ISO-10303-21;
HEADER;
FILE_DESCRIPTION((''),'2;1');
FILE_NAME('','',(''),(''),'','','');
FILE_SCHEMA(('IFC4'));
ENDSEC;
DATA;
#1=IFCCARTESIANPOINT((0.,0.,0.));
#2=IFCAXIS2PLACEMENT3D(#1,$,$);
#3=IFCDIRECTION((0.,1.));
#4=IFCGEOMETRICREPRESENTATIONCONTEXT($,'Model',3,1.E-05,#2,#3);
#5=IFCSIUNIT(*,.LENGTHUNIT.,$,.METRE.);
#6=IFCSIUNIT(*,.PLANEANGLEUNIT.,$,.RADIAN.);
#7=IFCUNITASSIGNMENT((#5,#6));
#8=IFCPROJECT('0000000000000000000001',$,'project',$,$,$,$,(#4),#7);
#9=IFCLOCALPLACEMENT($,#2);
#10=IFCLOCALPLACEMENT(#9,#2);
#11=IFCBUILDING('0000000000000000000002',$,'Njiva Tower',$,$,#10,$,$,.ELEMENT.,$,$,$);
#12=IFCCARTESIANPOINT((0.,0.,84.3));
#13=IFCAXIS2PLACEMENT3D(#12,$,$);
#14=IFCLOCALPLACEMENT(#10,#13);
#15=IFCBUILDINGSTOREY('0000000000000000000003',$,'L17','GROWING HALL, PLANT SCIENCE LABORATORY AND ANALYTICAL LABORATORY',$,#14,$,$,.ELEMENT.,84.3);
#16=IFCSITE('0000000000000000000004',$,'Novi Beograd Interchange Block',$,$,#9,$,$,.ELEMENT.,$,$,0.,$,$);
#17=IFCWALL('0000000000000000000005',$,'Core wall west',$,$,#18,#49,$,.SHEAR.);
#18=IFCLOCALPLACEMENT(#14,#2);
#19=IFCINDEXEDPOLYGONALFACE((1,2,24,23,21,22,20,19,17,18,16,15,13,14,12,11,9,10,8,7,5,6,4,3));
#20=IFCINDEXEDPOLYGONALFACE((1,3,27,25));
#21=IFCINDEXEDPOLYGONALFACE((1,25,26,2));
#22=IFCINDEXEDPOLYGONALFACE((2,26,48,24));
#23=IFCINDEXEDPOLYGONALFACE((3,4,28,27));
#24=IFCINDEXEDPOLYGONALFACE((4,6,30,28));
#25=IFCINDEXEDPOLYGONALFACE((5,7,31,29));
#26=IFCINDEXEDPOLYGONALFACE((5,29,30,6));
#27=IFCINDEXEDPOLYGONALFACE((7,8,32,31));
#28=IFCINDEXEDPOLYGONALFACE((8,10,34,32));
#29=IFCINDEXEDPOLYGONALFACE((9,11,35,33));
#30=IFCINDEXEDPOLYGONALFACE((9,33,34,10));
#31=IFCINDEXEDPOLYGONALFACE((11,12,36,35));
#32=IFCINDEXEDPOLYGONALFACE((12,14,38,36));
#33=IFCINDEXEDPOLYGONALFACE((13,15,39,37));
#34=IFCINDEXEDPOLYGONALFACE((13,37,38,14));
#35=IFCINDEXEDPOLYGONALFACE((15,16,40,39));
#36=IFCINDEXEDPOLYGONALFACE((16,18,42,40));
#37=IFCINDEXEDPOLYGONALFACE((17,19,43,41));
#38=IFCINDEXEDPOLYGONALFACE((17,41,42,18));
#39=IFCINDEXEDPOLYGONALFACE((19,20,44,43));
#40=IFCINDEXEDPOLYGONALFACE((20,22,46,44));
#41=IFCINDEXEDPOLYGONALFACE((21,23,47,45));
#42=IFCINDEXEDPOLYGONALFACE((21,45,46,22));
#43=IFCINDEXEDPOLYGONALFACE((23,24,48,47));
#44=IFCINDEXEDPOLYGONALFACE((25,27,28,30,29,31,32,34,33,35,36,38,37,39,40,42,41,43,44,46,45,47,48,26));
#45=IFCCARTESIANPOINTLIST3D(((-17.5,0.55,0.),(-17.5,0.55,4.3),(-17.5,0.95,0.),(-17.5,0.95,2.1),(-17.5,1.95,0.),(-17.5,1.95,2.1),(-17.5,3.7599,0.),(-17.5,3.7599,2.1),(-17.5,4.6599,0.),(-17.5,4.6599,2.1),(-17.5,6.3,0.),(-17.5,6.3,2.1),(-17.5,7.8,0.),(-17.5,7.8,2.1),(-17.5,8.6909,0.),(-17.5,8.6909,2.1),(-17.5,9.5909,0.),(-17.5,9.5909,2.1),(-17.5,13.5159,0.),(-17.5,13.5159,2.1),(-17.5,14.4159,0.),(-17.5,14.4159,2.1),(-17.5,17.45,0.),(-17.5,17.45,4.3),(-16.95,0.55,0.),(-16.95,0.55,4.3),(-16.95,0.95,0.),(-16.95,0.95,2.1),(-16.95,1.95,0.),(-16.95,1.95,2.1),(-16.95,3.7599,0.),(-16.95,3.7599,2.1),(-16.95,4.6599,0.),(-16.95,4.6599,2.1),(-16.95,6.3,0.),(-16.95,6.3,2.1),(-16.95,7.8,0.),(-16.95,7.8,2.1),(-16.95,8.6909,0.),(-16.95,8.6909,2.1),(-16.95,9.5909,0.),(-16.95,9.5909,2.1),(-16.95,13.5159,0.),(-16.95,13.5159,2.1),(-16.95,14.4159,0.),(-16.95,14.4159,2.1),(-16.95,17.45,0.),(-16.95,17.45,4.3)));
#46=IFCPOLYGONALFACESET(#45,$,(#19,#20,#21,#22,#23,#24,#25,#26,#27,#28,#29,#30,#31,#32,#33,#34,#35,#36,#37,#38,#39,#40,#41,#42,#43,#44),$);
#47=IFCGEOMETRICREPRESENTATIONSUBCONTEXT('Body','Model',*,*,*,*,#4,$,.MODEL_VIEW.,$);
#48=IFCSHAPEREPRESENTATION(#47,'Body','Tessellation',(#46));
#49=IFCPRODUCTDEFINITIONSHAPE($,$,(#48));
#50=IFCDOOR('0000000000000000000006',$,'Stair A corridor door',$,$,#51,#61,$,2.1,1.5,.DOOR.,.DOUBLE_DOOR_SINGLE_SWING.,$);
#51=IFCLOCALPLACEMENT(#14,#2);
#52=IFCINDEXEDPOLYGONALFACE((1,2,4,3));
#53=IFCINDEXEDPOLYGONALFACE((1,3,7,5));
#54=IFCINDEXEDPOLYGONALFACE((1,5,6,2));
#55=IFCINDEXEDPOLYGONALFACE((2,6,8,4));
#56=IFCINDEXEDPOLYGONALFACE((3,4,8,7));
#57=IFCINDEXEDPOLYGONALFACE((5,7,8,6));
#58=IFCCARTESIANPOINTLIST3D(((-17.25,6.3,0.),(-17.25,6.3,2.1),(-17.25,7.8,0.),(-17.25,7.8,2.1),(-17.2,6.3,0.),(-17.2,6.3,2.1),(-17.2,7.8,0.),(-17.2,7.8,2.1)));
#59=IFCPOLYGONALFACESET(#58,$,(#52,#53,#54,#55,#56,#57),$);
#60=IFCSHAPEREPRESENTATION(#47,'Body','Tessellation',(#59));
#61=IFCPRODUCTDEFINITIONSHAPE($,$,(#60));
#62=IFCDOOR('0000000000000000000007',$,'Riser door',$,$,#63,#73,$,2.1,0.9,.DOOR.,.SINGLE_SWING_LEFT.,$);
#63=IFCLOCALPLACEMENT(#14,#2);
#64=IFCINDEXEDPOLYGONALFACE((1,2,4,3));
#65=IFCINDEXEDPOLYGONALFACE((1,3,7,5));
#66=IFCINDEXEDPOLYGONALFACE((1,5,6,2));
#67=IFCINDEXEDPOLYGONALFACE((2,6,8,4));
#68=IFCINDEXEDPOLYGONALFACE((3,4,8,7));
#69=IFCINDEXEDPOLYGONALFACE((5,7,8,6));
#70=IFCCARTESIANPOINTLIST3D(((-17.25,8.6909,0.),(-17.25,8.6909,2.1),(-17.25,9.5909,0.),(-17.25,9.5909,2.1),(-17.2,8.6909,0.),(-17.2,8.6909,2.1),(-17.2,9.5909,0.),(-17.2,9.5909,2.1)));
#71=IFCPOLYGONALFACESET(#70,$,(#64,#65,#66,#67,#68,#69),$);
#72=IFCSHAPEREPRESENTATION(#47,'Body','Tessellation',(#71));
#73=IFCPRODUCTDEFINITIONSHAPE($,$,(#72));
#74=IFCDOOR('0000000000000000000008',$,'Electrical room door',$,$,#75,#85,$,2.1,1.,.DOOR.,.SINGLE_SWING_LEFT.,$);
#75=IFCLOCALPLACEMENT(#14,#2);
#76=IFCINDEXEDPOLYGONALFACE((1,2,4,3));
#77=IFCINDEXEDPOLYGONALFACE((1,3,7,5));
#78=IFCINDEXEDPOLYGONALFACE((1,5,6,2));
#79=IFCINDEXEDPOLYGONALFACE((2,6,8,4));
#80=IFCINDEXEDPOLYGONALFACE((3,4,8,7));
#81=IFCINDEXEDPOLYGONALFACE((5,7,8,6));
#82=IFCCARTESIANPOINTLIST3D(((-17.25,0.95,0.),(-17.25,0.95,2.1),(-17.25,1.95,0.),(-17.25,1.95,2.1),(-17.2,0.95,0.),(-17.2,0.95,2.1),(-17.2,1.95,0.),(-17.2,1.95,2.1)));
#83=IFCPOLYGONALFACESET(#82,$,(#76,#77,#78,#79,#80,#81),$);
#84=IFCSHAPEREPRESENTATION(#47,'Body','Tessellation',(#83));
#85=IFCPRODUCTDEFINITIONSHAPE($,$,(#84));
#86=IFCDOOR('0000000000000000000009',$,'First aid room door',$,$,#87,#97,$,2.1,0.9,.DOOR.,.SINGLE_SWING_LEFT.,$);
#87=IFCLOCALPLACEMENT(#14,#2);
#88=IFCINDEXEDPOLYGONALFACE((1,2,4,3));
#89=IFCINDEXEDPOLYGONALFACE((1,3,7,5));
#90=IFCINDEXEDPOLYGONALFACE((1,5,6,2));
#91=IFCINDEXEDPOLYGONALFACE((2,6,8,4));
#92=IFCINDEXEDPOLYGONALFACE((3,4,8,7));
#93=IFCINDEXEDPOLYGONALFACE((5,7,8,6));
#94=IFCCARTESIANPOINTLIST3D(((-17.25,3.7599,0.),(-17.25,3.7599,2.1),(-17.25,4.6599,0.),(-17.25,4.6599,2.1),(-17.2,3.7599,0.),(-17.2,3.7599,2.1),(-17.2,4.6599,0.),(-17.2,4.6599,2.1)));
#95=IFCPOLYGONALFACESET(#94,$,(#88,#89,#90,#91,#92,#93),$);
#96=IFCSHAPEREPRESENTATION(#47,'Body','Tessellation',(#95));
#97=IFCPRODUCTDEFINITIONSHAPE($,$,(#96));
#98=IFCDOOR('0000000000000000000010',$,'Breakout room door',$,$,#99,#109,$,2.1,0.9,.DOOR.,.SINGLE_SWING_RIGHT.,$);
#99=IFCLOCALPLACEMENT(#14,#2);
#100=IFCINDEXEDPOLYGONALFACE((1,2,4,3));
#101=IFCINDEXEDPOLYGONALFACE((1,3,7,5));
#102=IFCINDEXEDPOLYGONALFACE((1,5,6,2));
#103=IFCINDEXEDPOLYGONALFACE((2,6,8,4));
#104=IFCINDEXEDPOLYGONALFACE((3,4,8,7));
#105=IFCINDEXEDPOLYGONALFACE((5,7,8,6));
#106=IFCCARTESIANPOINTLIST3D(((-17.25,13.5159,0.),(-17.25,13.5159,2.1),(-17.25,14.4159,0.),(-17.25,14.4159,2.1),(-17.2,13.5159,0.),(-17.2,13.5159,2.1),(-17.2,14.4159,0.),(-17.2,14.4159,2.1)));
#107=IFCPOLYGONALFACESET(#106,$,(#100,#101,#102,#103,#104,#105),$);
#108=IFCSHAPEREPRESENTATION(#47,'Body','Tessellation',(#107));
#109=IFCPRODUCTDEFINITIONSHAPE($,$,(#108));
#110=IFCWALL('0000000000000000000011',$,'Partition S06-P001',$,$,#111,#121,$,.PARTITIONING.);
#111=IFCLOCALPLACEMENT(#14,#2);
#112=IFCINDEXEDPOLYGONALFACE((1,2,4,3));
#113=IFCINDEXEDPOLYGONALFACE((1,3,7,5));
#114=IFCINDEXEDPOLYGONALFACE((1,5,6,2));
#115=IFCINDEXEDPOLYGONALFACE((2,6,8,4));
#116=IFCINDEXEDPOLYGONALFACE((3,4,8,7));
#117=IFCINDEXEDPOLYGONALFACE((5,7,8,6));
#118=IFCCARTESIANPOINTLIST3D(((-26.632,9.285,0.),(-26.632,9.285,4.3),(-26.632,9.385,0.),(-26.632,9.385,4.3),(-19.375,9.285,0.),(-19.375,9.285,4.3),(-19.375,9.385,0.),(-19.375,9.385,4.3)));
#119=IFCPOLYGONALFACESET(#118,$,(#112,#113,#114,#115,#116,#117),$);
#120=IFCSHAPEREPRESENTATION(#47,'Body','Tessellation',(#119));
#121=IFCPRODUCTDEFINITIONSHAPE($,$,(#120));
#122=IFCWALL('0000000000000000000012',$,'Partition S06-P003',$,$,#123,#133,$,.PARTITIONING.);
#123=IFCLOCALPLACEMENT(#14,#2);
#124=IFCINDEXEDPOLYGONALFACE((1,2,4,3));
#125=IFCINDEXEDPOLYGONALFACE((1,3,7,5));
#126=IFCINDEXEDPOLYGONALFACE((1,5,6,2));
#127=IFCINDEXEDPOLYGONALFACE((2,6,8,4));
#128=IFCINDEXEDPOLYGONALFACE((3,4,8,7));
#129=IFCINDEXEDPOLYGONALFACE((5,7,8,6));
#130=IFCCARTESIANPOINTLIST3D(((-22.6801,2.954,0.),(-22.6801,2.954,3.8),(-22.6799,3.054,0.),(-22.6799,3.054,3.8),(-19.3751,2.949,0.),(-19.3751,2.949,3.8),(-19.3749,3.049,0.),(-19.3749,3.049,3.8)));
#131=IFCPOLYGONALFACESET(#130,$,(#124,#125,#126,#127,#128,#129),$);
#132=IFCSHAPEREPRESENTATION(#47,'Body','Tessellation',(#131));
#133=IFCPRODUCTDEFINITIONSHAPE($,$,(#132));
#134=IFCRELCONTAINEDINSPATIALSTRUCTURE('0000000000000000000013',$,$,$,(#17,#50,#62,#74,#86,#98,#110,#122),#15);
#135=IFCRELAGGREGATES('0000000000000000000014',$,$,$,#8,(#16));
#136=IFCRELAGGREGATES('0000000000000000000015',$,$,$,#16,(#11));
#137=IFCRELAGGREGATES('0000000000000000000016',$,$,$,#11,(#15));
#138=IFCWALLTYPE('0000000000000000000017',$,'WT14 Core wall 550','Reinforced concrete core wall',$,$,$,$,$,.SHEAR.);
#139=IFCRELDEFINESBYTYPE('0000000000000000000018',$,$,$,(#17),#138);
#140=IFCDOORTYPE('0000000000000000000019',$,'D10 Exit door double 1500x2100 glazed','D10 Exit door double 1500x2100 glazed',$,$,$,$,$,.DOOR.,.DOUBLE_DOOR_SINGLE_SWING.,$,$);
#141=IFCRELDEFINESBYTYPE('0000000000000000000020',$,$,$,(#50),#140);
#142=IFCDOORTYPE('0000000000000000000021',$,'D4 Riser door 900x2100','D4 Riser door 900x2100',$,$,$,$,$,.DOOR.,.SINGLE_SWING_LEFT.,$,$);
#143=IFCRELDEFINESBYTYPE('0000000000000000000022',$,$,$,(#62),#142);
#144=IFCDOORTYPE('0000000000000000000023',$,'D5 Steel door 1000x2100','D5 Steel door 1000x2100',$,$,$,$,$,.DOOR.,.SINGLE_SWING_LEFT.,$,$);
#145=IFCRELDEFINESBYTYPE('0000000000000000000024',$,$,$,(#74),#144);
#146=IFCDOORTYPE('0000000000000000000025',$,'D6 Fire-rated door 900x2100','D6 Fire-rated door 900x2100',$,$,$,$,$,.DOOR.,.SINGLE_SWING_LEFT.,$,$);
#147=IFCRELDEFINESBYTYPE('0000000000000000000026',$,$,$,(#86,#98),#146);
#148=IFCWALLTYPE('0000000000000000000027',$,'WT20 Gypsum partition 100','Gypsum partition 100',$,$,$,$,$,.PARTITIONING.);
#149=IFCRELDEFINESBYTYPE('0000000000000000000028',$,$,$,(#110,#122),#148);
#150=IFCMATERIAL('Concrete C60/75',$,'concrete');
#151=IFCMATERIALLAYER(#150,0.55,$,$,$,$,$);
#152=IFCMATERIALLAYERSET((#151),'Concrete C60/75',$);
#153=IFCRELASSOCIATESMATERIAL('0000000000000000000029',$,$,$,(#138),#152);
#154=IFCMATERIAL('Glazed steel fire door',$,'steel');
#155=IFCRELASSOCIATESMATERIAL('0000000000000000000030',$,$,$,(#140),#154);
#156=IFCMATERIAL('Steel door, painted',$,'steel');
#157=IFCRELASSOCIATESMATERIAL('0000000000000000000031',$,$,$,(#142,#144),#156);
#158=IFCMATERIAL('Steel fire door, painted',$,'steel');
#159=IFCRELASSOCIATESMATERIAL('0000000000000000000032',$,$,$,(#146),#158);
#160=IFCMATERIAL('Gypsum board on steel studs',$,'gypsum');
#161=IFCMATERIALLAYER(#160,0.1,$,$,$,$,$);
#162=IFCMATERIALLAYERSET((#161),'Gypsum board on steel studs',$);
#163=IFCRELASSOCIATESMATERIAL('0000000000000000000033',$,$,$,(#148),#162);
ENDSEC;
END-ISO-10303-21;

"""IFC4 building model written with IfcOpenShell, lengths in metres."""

from ifc_helpers import new_model, si_unit, direction, frame, frame_2d, origin, place, context, subcontext, project, spatial, rectangle, extrude, material, layer, layer_set, type_object, element, fill, save


model = new_model("IFC4")

# Units and contexts
model_context = context("Model", 3, precision=1e-05, world=origin(), true_north=direction((0.0, 1.0)))
body_context = subcontext(model_context, "Body", "Model", "MODEL_VIEW")
ifc_project = project(units=[si_unit("LENGTHUNIT", "METRE"), si_unit("PLANEANGLEUNIT", "RADIAN")], contexts=[model_context])

# Site, building, storey
site_placement = place(None, origin())
site = spatial("IfcSite", under=ifc_project, at=site_placement, Name="Novi Beograd Interchange Block", CompositionType="ELEMENT", RefElevation=0.0)
building_placement = place(site_placement, origin())
building = spatial("IfcBuilding", under=site, at=building_placement, Name="Njiva Tower", CompositionType="ELEMENT")
storey_placement = place(building_placement, frame((0.0, 0.0, 84.3)))
storey = spatial("IfcBuildingStorey", under=building, at=storey_placement, Name="L17", Description="GROWING HALL, PLANT SCIENCE LABORATORY AND ANALYTICAL LABORATORY", CompositionType="ELEMENT", Elevation=84.3)

# Wall, openings, doors
ifc_material_1 = material(Name="Concrete C60/75", Category="concrete")
ifc_layer_1 = layer(ifc_material_1, 0.55)
ifc_layer_set_1 = layer_set([ifc_layer_1], Name="Concrete C60/75")
wall_type_1 = type_object("IfcWallType", Name="WT14 Core wall 550", Description="Reinforced concrete core wall", PredefinedType="SHEAR", material=ifc_layer_set_1)
wall_1_placement = place(storey_placement, frame((-17.225, 0.55, 0.0), z_axis=(0.0, 0.0, 1.0), x_axis=(0.0, 1.0, 0.0)))
wall_1 = element("IfcWall", 1, at=wall_1_placement, inside=storey, type_object=wall_type_1, Name="Core wall west", PredefinedType="SHEAR", context=body_context, shape_type="SweptSolid", body=[
    extrude(rectangle(XDim=16.9, YDim=0.55, at=frame_2d((8.45, 0.0))), origin(), (0.0, 0.0, 1.0), 4.3),
])
opening_1_placement = place(wall_1_placement, frame((5.75, 0.0, 0.0)))
opening_1 = element("IfcOpeningElement", 2, at=opening_1_placement, cuts=wall_1, PredefinedType="OPENING", context=body_context, shape_type="SweptSolid", body=[
    extrude(rectangle(XDim=1.5, YDim=2.1, at=frame_2d((0.75, 1.05))), frame((0.0, 0.285, 0.0), z_axis=(0.0, -1.0, 0.0), x_axis=(1.0, 0.0, 0.0)), (0.0, 0.0, 1.0), 0.57),
])
opening_2_placement = place(wall_1_placement, frame((0.4, 0.0, 0.0)))
opening_2 = element("IfcOpeningElement", 3, at=opening_2_placement, cuts=wall_1, PredefinedType="OPENING", context=body_context, shape_type="SweptSolid", body=[
    extrude(rectangle(XDim=1.0, YDim=2.1, at=frame_2d((0.5, 1.05))), frame((0.0, 0.285, 0.0), z_axis=(0.0, -1.0, 0.0), x_axis=(1.0, 0.0, 0.0)), (0.0, 0.0, 1.0), 0.57),
])
opening_3_placement = place(wall_1_placement, frame((3.2099, 0.0, 0.0)))
opening_3 = element("IfcOpeningElement", 4, at=opening_3_placement, cuts=wall_1, PredefinedType="OPENING", context=body_context, shape_type="SweptSolid", body=[
    extrude(rectangle(XDim=0.9, YDim=2.1, at=frame_2d((0.45, 1.05))), frame((0.0, 0.285, 0.0), z_axis=(0.0, -1.0, 0.0), x_axis=(1.0, 0.0, 0.0)), (0.0, 0.0, 1.0), 0.57),
])
opening_4_placement = place(wall_1_placement, frame((8.1409, 0.0, 0.0)))
opening_4 = element("IfcOpeningElement", 5, at=opening_4_placement, cuts=wall_1, PredefinedType="OPENING", context=body_context, shape_type="SweptSolid", body=[
    extrude(rectangle(XDim=0.9, YDim=2.1, at=frame_2d((0.45, 1.05))), frame((0.0, 0.285, 0.0), z_axis=(0.0, -1.0, 0.0), x_axis=(1.0, 0.0, 0.0)), (0.0, 0.0, 1.0), 0.57),
])
opening_5_placement = place(wall_1_placement, frame((12.9659, 0.0, 0.0)))
opening_5 = element("IfcOpeningElement", 6, at=opening_5_placement, cuts=wall_1, PredefinedType="OPENING", context=body_context, shape_type="SweptSolid", body=[
    extrude(rectangle(XDim=0.9, YDim=2.1, at=frame_2d((0.45, 1.05))), frame((0.0, 0.285, 0.0), z_axis=(0.0, -1.0, 0.0), x_axis=(1.0, 0.0, 0.0)), (0.0, 0.0, 1.0), 0.57),
])
ifc_material_2 = material(Name="Glazed steel fire door", Category="steel")
door_type_1 = type_object("IfcDoorType", Name="D10 Exit door double 1500x2100 glazed", Description="D10 Exit door double 1500x2100 glazed", OperationType="DOUBLE_DOOR_SINGLE_SWING", PredefinedType="DOOR", material=ifc_material_2)
door_1_placement = place(opening_1_placement, origin())
door_1 = element("IfcDoor", 7, at=door_1_placement, inside=storey, type_object=door_type_1, Name="Stair A corridor door", OperationType="DOUBLE_DOOR_SINGLE_SWING", OverallHeight=2.1, OverallWidth=1.5, PredefinedType="DOOR", context=body_context, shape_type="SweptSolid", body=[
    extrude(rectangle(XDim=1.5, YDim=2.1, at=frame_2d((0.75, 1.05))), frame((0.0, 0.025, 0.0), z_axis=(0.0, -1.0, 0.0), x_axis=(1.0, 0.0, 0.0)), (0.0, 0.0, 1.0), 0.05),
])
fill(opening_1, door_1)
ifc_material_3 = material(Name="Steel door, painted", Category="steel")
door_type_2 = type_object("IfcDoorType", Name="D4 Riser door 900x2100", Description="D4 Riser door 900x2100", OperationType="SINGLE_SWING_LEFT", PredefinedType="DOOR", material=ifc_material_3)
door_2_placement = place(opening_4_placement, origin())
door_2 = element("IfcDoor", 8, at=door_2_placement, inside=storey, type_object=door_type_2, Name="Riser door", OperationType="SINGLE_SWING_LEFT", OverallHeight=2.1, OverallWidth=0.9, PredefinedType="DOOR", context=body_context, shape_type="SweptSolid", body=[
    extrude(rectangle(XDim=0.9, YDim=2.1, at=frame_2d((0.45, 1.05))), frame((0.0, 0.025, 0.0), z_axis=(0.0, -1.0, 0.0), x_axis=(1.0, 0.0, 0.0)), (0.0, 0.0, 1.0), 0.05),
])
fill(opening_4, door_2)
door_type_3 = type_object("IfcDoorType", Name="D5 Steel door 1000x2100", Description="D5 Steel door 1000x2100", OperationType="SINGLE_SWING_LEFT", PredefinedType="DOOR", material=ifc_material_3)
door_3_placement = place(opening_2_placement, origin())
door_3 = element("IfcDoor", 9, at=door_3_placement, inside=storey, type_object=door_type_3, Name="Electrical room door", OperationType="SINGLE_SWING_LEFT", OverallHeight=2.1, OverallWidth=1.0, PredefinedType="DOOR", context=body_context, shape_type="SweptSolid", body=[
    extrude(rectangle(XDim=1.0, YDim=2.1, at=frame_2d((0.5, 1.05))), frame((0.0, 0.025, 0.0), z_axis=(0.0, -1.0, 0.0), x_axis=(1.0, 0.0, 0.0)), (0.0, 0.0, 1.0), 0.05),
])
fill(opening_2, door_3)
ifc_material_4 = material(Name="Steel fire door, painted", Category="steel")
door_type_4 = type_object("IfcDoorType", Name="D6 Fire-rated door 900x2100", Description="D6 Fire-rated door 900x2100", OperationType="SINGLE_SWING_LEFT", PredefinedType="DOOR", material=ifc_material_4)
door_4_placement = place(opening_3_placement, origin())
door_4 = element("IfcDoor", 10, at=door_4_placement, inside=storey, type_object=door_type_4, Name="First aid room door", OperationType="SINGLE_SWING_LEFT", OverallHeight=2.1, OverallWidth=0.9, PredefinedType="DOOR", context=body_context, shape_type="SweptSolid", body=[
    extrude(rectangle(XDim=0.9, YDim=2.1, at=frame_2d((0.45, 1.05))), frame((0.0, 0.025, 0.0), z_axis=(0.0, -1.0, 0.0), x_axis=(1.0, 0.0, 0.0)), (0.0, 0.0, 1.0), 0.05),
])
fill(opening_3, door_4)
door_5_placement = place(opening_5_placement, origin())
door_5 = element("IfcDoor", 11, at=door_5_placement, inside=storey, type_object=door_type_4, Name="Breakout room door", OperationType="SINGLE_SWING_RIGHT", OverallHeight=2.1, OverallWidth=0.9, PredefinedType="DOOR", context=body_context, shape_type="SweptSolid", body=[
    extrude(rectangle(XDim=0.9, YDim=2.1, at=frame_2d((0.45, 1.05))), frame((0.0, 0.025, 0.0), z_axis=(0.0, -1.0, 0.0), x_axis=(1.0, 0.0, 0.0)), (0.0, 0.0, 1.0), 0.05),
])
fill(opening_5, door_5)

# Walls
ifc_material_5 = material(Name="Gypsum board on steel studs", Category="gypsum")
ifc_layer_2 = layer(ifc_material_5, 0.1)
ifc_layer_set_2 = layer_set([ifc_layer_2], Name="Gypsum board on steel studs")
wall_type_2 = type_object("IfcWallType", Name="WT20 Gypsum partition 100", Description="Gypsum partition 100", PredefinedType="PARTITIONING", material=ifc_layer_set_2)
wall_2_placement = place(storey_placement, frame((-26.632, 9.335, 0.0), z_axis=(0.0, 0.0, 1.0), x_axis=(1.0, 0.0, 0.0)))
element("IfcWall", 12, at=wall_2_placement, inside=storey, type_object=wall_type_2, Name="Partition S06-P001", PredefinedType="PARTITIONING", context=body_context, shape_type="SweptSolid", body=[
    extrude(rectangle(XDim=7.257, YDim=0.1, at=frame_2d((3.6285, 0.0))), origin(), (0.0, 0.0, 1.0), 4.3),
])
wall_3_placement = place(storey_placement, frame((-22.68, 3.004, 0.0), z_axis=(0.0, 0.0, 1.0), x_axis=(0.999999, -0.001513, 0.0)))
element("IfcWall", 13, at=wall_3_placement, inside=storey, type_object=wall_type_2, Name="Partition S06-P003", PredefinedType="PARTITIONING", context=body_context, shape_type="SweptSolid", body=[
    extrude(rectangle(XDim=3.305, YDim=0.1, at=frame_2d((1.6525, 0.0))), origin(), (0.0, 0.0, 1.0), 3.8),
])

save(model, "model.ifc")
